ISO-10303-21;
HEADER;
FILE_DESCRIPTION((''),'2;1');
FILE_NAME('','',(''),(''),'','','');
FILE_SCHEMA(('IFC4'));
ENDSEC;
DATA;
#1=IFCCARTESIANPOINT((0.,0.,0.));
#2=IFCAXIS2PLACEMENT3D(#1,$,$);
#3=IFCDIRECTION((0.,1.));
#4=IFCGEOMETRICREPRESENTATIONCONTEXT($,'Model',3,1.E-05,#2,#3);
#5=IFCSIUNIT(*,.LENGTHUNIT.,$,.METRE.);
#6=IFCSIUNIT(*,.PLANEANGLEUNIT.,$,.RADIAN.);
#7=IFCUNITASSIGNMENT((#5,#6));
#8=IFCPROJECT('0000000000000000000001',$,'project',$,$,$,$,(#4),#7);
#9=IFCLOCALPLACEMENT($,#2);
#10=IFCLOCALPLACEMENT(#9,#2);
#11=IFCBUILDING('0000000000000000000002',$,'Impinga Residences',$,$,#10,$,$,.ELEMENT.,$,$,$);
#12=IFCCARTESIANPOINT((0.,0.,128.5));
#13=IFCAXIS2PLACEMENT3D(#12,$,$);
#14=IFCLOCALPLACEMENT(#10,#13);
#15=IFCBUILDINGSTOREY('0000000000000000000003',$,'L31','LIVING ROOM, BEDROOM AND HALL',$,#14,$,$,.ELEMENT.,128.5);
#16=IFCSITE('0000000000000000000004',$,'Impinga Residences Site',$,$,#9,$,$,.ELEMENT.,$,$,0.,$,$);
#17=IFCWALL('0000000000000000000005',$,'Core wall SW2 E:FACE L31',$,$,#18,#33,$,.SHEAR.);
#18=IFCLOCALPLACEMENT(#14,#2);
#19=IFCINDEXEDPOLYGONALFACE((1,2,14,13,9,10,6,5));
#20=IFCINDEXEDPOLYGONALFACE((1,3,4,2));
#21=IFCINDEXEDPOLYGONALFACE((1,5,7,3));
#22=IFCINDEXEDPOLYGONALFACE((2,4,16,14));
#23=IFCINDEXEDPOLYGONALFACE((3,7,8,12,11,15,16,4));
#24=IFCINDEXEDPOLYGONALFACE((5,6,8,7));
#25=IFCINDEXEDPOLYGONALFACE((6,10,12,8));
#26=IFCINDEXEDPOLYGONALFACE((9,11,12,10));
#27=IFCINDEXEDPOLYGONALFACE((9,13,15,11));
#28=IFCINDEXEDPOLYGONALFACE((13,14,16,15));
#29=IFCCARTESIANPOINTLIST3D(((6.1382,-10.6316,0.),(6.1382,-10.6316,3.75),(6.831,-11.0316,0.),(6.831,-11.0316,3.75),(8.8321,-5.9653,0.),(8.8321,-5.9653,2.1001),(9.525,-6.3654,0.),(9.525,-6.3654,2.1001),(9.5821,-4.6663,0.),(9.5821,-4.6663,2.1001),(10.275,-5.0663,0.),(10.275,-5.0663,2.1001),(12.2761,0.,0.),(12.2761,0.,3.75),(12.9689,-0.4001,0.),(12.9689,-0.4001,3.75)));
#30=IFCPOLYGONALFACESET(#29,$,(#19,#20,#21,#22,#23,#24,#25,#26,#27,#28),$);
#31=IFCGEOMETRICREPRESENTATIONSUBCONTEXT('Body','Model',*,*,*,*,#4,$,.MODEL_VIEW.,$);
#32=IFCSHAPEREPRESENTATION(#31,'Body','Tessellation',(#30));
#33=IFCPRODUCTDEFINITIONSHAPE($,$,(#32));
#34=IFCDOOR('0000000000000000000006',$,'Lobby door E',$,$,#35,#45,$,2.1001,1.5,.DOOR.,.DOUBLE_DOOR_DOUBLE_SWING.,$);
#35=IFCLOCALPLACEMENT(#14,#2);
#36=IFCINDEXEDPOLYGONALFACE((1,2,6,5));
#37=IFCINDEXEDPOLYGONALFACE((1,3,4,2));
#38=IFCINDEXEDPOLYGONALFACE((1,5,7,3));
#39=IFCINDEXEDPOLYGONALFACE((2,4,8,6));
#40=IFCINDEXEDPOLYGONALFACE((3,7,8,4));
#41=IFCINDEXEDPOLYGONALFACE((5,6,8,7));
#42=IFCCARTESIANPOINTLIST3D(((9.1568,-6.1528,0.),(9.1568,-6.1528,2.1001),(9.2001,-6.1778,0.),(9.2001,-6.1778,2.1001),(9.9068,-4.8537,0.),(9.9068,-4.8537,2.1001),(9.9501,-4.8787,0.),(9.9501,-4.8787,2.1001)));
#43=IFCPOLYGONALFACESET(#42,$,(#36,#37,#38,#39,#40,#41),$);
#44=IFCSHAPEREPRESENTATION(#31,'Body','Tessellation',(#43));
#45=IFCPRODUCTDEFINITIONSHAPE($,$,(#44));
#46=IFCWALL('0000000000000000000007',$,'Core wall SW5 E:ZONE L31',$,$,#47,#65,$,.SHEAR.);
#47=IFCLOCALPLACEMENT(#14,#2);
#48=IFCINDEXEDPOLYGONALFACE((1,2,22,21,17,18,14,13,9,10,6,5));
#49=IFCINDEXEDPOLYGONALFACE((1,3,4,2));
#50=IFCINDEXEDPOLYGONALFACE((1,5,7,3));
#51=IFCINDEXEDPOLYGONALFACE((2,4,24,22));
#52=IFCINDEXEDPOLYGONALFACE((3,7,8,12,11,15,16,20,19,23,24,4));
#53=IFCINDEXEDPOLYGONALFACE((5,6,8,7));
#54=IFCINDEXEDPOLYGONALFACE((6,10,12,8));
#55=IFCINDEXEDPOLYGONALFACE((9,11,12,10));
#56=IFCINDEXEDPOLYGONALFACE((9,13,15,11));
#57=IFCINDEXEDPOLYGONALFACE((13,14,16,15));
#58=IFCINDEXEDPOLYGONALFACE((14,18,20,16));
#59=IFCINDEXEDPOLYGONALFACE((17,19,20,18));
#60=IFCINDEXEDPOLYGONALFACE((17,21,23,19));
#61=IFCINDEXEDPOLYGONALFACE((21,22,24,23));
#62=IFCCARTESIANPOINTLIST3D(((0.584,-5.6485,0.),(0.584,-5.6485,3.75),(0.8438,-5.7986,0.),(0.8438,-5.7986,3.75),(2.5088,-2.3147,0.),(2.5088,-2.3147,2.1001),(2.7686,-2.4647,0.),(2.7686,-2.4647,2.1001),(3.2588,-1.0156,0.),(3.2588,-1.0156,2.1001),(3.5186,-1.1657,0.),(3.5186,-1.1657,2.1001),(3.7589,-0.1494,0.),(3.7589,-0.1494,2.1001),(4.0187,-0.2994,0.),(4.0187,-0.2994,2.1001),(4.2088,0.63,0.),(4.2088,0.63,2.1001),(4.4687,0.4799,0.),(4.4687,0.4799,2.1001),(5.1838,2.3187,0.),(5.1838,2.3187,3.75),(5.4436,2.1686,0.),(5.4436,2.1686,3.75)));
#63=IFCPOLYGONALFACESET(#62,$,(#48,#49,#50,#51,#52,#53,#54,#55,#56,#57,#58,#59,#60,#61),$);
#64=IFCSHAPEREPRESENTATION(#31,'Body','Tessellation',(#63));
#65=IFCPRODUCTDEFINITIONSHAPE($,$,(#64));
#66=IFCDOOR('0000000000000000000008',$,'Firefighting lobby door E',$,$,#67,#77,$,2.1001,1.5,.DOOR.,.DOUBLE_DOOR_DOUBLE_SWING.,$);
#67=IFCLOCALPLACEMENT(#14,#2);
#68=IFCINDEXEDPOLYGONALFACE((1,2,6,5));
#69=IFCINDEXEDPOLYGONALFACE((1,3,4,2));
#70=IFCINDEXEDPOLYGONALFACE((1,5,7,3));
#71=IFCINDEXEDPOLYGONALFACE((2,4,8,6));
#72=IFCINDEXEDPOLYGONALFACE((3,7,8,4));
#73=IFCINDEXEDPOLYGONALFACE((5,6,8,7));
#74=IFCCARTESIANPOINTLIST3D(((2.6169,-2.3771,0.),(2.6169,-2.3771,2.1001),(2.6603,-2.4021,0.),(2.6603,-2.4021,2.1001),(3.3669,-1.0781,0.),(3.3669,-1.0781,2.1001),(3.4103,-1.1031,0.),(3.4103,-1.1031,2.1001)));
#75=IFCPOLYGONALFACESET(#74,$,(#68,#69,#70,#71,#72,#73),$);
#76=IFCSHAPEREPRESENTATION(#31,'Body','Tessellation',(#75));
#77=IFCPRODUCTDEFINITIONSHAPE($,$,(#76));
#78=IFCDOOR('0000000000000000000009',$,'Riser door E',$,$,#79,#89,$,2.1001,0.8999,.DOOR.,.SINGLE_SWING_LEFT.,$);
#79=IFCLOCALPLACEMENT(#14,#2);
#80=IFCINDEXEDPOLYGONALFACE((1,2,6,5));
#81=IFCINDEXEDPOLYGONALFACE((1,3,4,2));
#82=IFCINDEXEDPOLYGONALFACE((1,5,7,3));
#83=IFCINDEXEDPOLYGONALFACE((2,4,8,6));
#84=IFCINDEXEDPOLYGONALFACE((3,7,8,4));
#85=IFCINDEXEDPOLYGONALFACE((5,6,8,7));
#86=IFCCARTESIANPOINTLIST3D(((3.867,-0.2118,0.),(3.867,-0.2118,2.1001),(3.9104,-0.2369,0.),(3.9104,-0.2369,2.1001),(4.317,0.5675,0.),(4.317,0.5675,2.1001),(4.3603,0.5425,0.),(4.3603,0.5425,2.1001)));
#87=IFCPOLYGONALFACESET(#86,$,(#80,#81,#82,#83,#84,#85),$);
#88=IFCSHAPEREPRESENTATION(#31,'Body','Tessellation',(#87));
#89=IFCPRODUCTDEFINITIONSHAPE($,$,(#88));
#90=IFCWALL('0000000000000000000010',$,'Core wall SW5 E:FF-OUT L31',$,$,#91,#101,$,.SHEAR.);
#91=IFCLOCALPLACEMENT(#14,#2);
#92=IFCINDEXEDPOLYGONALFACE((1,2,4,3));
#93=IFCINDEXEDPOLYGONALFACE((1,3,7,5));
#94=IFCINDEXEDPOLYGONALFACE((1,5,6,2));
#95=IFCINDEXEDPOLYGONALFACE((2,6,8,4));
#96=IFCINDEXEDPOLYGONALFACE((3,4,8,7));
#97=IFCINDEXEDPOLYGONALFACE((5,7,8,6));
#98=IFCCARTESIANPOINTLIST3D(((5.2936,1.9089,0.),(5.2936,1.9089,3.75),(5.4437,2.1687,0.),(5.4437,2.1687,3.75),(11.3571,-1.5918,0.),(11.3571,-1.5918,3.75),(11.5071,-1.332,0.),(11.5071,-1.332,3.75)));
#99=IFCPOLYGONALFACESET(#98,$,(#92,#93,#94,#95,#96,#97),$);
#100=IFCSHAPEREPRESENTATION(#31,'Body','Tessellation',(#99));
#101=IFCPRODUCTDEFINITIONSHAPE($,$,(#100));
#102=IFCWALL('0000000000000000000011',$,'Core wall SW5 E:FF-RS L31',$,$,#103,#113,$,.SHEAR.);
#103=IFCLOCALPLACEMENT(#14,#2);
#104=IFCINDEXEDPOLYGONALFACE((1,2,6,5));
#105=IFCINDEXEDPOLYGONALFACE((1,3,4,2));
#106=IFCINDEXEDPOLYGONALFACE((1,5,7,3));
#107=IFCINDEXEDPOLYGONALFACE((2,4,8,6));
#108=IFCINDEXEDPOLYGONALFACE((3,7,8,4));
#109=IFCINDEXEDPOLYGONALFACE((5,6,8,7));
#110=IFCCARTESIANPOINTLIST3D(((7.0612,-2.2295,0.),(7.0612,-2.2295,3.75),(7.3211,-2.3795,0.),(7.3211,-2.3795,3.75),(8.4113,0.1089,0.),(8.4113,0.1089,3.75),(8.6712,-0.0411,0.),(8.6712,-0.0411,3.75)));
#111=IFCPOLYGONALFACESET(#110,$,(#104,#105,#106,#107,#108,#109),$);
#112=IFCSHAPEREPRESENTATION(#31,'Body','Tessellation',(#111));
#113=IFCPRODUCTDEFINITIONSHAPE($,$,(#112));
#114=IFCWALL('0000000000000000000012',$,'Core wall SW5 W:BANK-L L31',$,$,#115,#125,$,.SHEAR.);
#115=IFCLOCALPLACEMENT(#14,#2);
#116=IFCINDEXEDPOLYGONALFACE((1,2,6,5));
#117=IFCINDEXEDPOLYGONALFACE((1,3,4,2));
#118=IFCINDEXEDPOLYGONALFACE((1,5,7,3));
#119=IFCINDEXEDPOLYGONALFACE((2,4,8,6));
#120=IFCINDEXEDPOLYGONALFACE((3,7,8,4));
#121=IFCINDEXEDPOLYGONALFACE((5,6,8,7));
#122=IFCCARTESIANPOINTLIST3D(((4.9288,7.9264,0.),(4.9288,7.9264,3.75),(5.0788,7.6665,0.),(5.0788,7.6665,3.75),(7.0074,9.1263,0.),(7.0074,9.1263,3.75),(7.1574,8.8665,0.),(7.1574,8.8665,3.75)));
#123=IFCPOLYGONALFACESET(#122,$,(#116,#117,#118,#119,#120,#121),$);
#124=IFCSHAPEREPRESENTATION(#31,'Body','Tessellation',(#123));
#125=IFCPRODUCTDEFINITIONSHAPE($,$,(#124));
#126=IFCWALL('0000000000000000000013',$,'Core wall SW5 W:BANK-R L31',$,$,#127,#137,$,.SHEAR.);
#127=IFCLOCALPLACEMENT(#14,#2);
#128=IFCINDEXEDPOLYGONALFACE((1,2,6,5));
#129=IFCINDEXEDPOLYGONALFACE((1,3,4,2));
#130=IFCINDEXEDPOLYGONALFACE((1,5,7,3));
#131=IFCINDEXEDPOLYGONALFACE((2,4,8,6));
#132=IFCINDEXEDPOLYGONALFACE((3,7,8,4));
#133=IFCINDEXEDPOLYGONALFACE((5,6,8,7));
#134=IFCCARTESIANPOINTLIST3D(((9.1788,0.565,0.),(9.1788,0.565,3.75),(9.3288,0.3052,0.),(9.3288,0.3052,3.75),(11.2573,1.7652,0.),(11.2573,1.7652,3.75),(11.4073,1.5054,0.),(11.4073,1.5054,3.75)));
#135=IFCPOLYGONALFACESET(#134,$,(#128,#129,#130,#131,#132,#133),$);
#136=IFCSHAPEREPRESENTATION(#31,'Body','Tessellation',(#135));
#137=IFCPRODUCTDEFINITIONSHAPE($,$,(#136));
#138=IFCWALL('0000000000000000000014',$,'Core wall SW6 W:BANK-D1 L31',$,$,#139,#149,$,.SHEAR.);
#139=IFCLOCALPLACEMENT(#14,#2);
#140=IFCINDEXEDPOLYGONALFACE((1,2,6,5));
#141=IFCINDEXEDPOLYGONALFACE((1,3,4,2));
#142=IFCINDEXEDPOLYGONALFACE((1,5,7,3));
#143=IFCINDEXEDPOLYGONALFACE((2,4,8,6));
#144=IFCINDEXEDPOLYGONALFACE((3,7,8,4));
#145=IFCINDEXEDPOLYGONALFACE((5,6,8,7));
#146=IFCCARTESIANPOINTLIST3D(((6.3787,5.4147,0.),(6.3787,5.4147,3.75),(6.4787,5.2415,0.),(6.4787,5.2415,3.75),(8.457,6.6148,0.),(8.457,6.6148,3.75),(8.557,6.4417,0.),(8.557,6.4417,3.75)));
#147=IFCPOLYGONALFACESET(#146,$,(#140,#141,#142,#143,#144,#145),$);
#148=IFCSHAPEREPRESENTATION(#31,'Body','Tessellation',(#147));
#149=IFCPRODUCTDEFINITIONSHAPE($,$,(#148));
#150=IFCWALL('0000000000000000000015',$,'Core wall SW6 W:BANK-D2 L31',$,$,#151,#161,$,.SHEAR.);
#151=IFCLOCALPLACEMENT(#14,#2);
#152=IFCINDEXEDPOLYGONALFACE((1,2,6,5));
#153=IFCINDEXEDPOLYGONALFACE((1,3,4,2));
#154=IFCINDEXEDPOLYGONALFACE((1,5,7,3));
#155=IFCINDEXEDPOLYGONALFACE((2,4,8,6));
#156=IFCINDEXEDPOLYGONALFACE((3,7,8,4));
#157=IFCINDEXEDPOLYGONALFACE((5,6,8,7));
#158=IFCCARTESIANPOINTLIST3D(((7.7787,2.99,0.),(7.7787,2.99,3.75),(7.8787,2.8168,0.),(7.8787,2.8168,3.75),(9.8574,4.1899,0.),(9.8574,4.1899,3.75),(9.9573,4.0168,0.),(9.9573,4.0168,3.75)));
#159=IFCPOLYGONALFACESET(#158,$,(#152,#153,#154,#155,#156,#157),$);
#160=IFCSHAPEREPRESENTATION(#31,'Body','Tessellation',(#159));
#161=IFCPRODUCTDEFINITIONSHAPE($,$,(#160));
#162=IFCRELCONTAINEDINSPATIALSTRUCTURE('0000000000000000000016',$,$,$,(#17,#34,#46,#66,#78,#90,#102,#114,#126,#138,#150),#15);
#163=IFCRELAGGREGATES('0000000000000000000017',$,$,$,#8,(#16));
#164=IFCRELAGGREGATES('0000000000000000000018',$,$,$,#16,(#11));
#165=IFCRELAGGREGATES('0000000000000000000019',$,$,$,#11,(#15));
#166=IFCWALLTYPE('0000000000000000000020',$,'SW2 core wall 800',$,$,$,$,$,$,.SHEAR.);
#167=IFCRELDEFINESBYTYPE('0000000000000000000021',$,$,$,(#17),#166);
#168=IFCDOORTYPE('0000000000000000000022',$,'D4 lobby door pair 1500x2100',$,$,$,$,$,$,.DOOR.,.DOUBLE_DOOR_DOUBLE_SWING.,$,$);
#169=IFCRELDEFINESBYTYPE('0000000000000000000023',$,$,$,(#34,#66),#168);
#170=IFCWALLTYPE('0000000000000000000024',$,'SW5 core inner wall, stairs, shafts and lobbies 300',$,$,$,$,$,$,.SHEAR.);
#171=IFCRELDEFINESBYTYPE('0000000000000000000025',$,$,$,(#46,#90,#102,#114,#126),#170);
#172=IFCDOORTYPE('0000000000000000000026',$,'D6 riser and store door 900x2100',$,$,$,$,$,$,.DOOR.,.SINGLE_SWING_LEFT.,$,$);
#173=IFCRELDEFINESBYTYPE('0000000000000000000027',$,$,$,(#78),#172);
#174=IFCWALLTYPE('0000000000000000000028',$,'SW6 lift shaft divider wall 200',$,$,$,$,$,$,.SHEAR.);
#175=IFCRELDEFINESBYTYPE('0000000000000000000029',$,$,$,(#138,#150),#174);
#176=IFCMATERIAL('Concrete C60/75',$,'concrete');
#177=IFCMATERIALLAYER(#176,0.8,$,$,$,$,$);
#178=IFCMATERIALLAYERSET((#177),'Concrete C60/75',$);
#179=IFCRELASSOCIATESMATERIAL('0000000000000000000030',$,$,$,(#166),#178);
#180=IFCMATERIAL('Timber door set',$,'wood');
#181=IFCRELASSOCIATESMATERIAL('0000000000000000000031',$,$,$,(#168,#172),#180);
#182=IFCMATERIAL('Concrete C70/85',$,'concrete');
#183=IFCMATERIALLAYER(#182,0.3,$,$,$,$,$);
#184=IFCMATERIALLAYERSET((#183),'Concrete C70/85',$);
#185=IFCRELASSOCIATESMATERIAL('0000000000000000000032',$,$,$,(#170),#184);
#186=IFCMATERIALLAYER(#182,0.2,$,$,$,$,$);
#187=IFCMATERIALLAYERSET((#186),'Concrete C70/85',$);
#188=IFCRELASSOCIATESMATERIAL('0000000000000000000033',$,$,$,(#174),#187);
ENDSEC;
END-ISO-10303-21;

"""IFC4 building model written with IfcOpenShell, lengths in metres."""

from ifc_helpers import new_model, si_unit, direction, frame, frame_2d, origin, place, context, subcontext, project, spatial, rectangle, extrude, material, layer, layer_set, type_object, element, fill, save


model = new_model("IFC4")

# Units and contexts
model_context = context("Model", 3, precision=1e-05, world=origin(), true_north=direction((0.0, 1.0)))
body_context = subcontext(model_context, "Body", "Model", "MODEL_VIEW")
ifc_project = project(units=[si_unit("LENGTHUNIT", "METRE"), si_unit("PLANEANGLEUNIT", "RADIAN")], contexts=[model_context])

# Site, building, storey
site_placement = place(None, origin())
site = spatial("IfcSite", under=ifc_project, at=site_placement, Name="Impinga Residences Site", CompositionType="ELEMENT", RefElevation=0.0)
building_placement = place(site_placement, origin())
building = spatial("IfcBuilding", under=site, at=building_placement, Name="Impinga Residences", CompositionType="ELEMENT")
storey_placement = place(building_placement, frame((0.0, 0.0, 128.5)))
storey = spatial("IfcBuildingStorey", under=building, at=storey_placement, Name="L31", Description="LIVING ROOM, BEDROOM AND HALL", CompositionType="ELEMENT", Elevation=128.5)

# Shared definitions
ifc_material_1 = material(Name="Concrete C60/75", Category="concrete")
ifc_material_2 = material(Name="Timber door set", Category="wood")

# Wall, opening, door
ifc_layer_1 = layer(ifc_material_1, 0.8)
ifc_layer_set_1 = layer_set([ifc_layer_1], Name="Concrete C60/75")
wall_type_1 = type_object("IfcWallType", Name="SW2 core wall 800", PredefinedType="SHEAR", material=ifc_layer_set_1)
wall_1_placement = place(storey_placement, frame((12.6226, -0.2, 0.0), z_axis=(0.0, 0.0, 1.0), x_axis=(-0.499987, -0.866033, 0.0)))
wall_1 = element("IfcWall", 1, at=wall_1_placement, inside=storey, type_object=wall_type_1, Name="Core wall SW2 E:FACE L31", PredefinedType="SHEAR", context=body_context, shape_type="SweptSolid", body=[
    extrude(rectangle(XDim=12.2761, YDim=0.8, at=frame_2d((6.1382, 0.0))), origin(), (0.0, 0.0, 1.0), 3.75),
])
opening_1_placement = place(wall_1_placement, frame((5.3882, 0.0, 0.0)))
opening_1 = element("IfcOpeningElement", 2, at=opening_1_placement, cuts=wall_1, PredefinedType="OPENING", context=body_context, shape_type="SweptSolid", body=[
    extrude(rectangle(XDim=1.5, YDim=2.1001, at=frame_2d((0.75, 1.05))), frame((0.0, 0.4099, 0.0), z_axis=(0.0, -1.0, 0.0), x_axis=(1.0, 0.0, 0.0)), (0.0, 0.0, 1.0), 0.8201),
])
door_type_1 = type_object("IfcDoorType", Name="D4 lobby door pair 1500x2100", OperationType="DOUBLE_DOOR_DOUBLE_SWING", PredefinedType="DOOR", material=ifc_material_2)
door_1_placement = place(opening_1_placement, origin())
door_1 = element("IfcDoor", 3, at=door_1_placement, inside=storey, type_object=door_type_1, Name="Lobby door E", OperationType="DOUBLE_DOOR_DOUBLE_SWING", OverallHeight=2.1001, OverallWidth=1.5, PredefinedType="DOOR", context=body_context, shape_type="SweptSolid", body=[
    extrude(rectangle(XDim=1.5, YDim=2.1001, at=frame_2d((0.75, 1.05))), frame((0.0, 0.0249, 0.0), z_axis=(0.0, -1.0, 0.0), x_axis=(1.0, 0.0, 0.0)), (0.0, 0.0, 1.0), 0.05),
])
fill(opening_1, door_1)

# Wall, openings, doors
ifc_material_3 = material(Name="Concrete C70/85", Category="concrete")
ifc_layer_2 = layer(ifc_material_3, 0.3)
ifc_layer_set_2 = layer_set([ifc_layer_2], Name="Concrete C70/85")
wall_type_2 = type_object("IfcWallType", Name="SW5 core inner wall, stairs, shafts and lobbies 300", PredefinedType="SHEAR", material=ifc_layer_set_2)
wall_2_placement = place(storey_placement, frame((5.3137, 2.2437, 0.0), z_axis=(0.0, 0.0, 1.0), x_axis=(-0.499995, -0.866028, 0.0)))
wall_2 = element("IfcWall", 4, at=wall_2_placement, inside=storey, type_object=wall_type_2, Name="Core wall SW5 E:ZONE L31", PredefinedType="SHEAR", context=body_context, shape_type="SweptSolid", body=[
    extrude(rectangle(XDim=9.1997, YDim=0.3, at=frame_2d((4.5999, 0.0))), origin(), (0.0, 0.0, 1.0), 3.75),
])
opening_2_placement = place(wall_2_placement, frame((3.8501, 0.0, 0.0)))
opening_2 = element("IfcOpeningElement", 5, at=opening_2_placement, cuts=wall_2, PredefinedType="OPENING", context=body_context, shape_type="SweptSolid", body=[
    extrude(rectangle(XDim=1.5, YDim=2.1001, at=frame_2d((0.75, 1.05))), frame((0.0, 0.1599, 0.0), z_axis=(0.0, -1.0, 0.0), x_axis=(1.0, 0.0, 0.0)), (0.0, 0.0, 1.0), 0.3201),
])
opening_3_placement = place(wall_2_placement, frame((1.95, 0.0, 0.0)))
opening_3 = element("IfcOpeningElement", 6, at=opening_3_placement, cuts=wall_2, PredefinedType="OPENING", context=body_context, shape_type="SweptSolid", body=[
    extrude(rectangle(XDim=0.8999, YDim=2.1001, at=frame_2d((0.45, 1.05))), frame((0.0, 0.1599, 0.0), z_axis=(0.0, -1.0, 0.0), x_axis=(1.0, 0.0, 0.0)), (0.0, 0.0, 1.0), 0.3201),
])
door_2_placement = place(opening_2_placement, origin())
door_2 = element("IfcDoor", 7, at=door_2_placement, inside=storey, type_object=door_type_1, Name="Firefighting lobby door E", OperationType="DOUBLE_DOOR_DOUBLE_SWING", OverallHeight=2.1001, OverallWidth=1.5, PredefinedType="DOOR", context=body_context, shape_type="SweptSolid", body=[
    extrude(rectangle(XDim=1.5, YDim=2.1001, at=frame_2d((0.75, 1.05))), frame((0.0, 0.0249, 0.0), z_axis=(0.0, -1.0, 0.0), x_axis=(1.0, 0.0, 0.0)), (0.0, 0.0, 1.0), 0.05),
])
fill(opening_2, door_2)
door_type_2 = type_object("IfcDoorType", Name="D6 riser and store door 900x2100", OperationType="SINGLE_SWING_LEFT", PredefinedType="DOOR", material=ifc_material_2)
door_3_placement = place(opening_3_placement, origin())
door_3 = element("IfcDoor", 8, at=door_3_placement, inside=storey, type_object=door_type_2, Name="Riser door E", OperationType="SINGLE_SWING_LEFT", OverallHeight=2.1001, OverallWidth=0.8999, PredefinedType="DOOR", context=body_context, shape_type="SweptSolid", body=[
    extrude(rectangle(XDim=0.8999, YDim=2.1001, at=frame_2d((0.45, 1.05))), frame((0.0, 0.0249, 0.0), z_axis=(0.0, -1.0, 0.0), x_axis=(1.0, 0.0, 0.0)), (0.0, 0.0, 1.0), 0.05),
])
fill(opening_3, door_3)

# Walls
wall_3_placement = place(storey_placement, frame((5.3687, 2.0388, 0.0), z_axis=(0.0, 0.0, 1.0), x_axis=(0.866026, -0.499998, 0.0)))
element("IfcWall", 9, at=wall_3_placement, inside=storey, type_object=wall_type_2, Name="Core wall SW5 E:FF-OUT L31", PredefinedType="SHEAR", context=body_context, shape_type="SweptSolid", body=[
    extrude(rectangle(XDim=7.0015, YDim=0.3, at=frame_2d((3.5007, 0.0))), origin(), (0.0, 0.0, 1.0), 3.75),
])
wall_4_placement = place(storey_placement, frame((8.5413, 0.0339, 0.0), z_axis=(0.0, 0.0, 1.0), x_axis=(-0.500009, -0.86602, 0.0)))
element("IfcWall", 10, at=wall_4_placement, inside=storey, type_object=wall_type_2, Name="Core wall SW5 E:FF-RS L31", PredefinedType="SHEAR", context=body_context, shape_type="SweptSolid", body=[
    extrude(rectangle(XDim=2.7002, YDim=0.3, at=frame_2d((1.3501, 0.0))), origin(), (0.0, 0.0, 1.0), 3.75),
])
for number, where, z_axis, x_axis, name in (
    (11, (5.0037, 7.7964, 0.0), (0.0, 0.0, 1.0), (0.86605, 0.499957, 0.0), "Core wall SW5 W:BANK-L L31"),
    (12, (9.2537, 0.4351, 0.0), (0.0, 0.0, 1.0), (0.866006, 0.500034, 0.0), "Core wall SW5 W:BANK-R L31"),
):
    element("IfcWall", number, at=place(storey_placement, frame(where, z_axis=z_axis, x_axis=x_axis)), inside=storey, type_object=wall_type_2, Name=name, PredefinedType="SHEAR", context=body_context, shape_type="SweptSolid", body=[
        extrude(rectangle(XDim=2.4001, YDim=0.3, at=frame_2d((1.2002, 0.0))), origin(), (0.0, 0.0, 1.0), 3.75),
    ])
ifc_layer_3 = layer(ifc_material_3, 0.2)
ifc_layer_set_3 = layer_set([ifc_layer_3], Name="Concrete C70/85")
wall_type_3 = type_object("IfcWallType", Name="SW6 lift shaft divider wall 200", PredefinedType="SHEAR", material=ifc_layer_set_3)
wall_5_placement = place(storey_placement, frame((6.4287, 5.3281, 0.0), z_axis=(0.0, 0.0, 1.0), x_axis=(0.865981, 0.500078, 0.0)))
element("IfcWall", 13, at=wall_5_placement, inside=storey, type_object=wall_type_3, Name="Core wall SW6 W:BANK-D1 L31", PredefinedType="SHEAR", context=body_context, shape_type="SweptSolid", body=[
    extrude(rectangle(XDim=2.3999, YDim=0.2, at=frame_2d((1.2, 0.0))), origin(), (0.0, 0.0, 1.0), 3.75),
])
wall_6_placement = place(storey_placement, frame((7.8286, 2.9033, 0.0), z_axis=(0.0, 0.0, 1.0), x_axis=(0.86605, 0.499957, 0.0)))
element("IfcWall", 14, at=wall_6_placement, inside=storey, type_object=wall_type_3, Name="Core wall SW6 W:BANK-D2 L31", PredefinedType="SHEAR", context=body_context, shape_type="SweptSolid", body=[
    extrude(rectangle(XDim=2.4001, YDim=0.2, at=frame_2d((1.2002, 0.0))), origin(), (0.0, 0.0, 1.0), 3.75),
])

save(model, "model.ifc")
